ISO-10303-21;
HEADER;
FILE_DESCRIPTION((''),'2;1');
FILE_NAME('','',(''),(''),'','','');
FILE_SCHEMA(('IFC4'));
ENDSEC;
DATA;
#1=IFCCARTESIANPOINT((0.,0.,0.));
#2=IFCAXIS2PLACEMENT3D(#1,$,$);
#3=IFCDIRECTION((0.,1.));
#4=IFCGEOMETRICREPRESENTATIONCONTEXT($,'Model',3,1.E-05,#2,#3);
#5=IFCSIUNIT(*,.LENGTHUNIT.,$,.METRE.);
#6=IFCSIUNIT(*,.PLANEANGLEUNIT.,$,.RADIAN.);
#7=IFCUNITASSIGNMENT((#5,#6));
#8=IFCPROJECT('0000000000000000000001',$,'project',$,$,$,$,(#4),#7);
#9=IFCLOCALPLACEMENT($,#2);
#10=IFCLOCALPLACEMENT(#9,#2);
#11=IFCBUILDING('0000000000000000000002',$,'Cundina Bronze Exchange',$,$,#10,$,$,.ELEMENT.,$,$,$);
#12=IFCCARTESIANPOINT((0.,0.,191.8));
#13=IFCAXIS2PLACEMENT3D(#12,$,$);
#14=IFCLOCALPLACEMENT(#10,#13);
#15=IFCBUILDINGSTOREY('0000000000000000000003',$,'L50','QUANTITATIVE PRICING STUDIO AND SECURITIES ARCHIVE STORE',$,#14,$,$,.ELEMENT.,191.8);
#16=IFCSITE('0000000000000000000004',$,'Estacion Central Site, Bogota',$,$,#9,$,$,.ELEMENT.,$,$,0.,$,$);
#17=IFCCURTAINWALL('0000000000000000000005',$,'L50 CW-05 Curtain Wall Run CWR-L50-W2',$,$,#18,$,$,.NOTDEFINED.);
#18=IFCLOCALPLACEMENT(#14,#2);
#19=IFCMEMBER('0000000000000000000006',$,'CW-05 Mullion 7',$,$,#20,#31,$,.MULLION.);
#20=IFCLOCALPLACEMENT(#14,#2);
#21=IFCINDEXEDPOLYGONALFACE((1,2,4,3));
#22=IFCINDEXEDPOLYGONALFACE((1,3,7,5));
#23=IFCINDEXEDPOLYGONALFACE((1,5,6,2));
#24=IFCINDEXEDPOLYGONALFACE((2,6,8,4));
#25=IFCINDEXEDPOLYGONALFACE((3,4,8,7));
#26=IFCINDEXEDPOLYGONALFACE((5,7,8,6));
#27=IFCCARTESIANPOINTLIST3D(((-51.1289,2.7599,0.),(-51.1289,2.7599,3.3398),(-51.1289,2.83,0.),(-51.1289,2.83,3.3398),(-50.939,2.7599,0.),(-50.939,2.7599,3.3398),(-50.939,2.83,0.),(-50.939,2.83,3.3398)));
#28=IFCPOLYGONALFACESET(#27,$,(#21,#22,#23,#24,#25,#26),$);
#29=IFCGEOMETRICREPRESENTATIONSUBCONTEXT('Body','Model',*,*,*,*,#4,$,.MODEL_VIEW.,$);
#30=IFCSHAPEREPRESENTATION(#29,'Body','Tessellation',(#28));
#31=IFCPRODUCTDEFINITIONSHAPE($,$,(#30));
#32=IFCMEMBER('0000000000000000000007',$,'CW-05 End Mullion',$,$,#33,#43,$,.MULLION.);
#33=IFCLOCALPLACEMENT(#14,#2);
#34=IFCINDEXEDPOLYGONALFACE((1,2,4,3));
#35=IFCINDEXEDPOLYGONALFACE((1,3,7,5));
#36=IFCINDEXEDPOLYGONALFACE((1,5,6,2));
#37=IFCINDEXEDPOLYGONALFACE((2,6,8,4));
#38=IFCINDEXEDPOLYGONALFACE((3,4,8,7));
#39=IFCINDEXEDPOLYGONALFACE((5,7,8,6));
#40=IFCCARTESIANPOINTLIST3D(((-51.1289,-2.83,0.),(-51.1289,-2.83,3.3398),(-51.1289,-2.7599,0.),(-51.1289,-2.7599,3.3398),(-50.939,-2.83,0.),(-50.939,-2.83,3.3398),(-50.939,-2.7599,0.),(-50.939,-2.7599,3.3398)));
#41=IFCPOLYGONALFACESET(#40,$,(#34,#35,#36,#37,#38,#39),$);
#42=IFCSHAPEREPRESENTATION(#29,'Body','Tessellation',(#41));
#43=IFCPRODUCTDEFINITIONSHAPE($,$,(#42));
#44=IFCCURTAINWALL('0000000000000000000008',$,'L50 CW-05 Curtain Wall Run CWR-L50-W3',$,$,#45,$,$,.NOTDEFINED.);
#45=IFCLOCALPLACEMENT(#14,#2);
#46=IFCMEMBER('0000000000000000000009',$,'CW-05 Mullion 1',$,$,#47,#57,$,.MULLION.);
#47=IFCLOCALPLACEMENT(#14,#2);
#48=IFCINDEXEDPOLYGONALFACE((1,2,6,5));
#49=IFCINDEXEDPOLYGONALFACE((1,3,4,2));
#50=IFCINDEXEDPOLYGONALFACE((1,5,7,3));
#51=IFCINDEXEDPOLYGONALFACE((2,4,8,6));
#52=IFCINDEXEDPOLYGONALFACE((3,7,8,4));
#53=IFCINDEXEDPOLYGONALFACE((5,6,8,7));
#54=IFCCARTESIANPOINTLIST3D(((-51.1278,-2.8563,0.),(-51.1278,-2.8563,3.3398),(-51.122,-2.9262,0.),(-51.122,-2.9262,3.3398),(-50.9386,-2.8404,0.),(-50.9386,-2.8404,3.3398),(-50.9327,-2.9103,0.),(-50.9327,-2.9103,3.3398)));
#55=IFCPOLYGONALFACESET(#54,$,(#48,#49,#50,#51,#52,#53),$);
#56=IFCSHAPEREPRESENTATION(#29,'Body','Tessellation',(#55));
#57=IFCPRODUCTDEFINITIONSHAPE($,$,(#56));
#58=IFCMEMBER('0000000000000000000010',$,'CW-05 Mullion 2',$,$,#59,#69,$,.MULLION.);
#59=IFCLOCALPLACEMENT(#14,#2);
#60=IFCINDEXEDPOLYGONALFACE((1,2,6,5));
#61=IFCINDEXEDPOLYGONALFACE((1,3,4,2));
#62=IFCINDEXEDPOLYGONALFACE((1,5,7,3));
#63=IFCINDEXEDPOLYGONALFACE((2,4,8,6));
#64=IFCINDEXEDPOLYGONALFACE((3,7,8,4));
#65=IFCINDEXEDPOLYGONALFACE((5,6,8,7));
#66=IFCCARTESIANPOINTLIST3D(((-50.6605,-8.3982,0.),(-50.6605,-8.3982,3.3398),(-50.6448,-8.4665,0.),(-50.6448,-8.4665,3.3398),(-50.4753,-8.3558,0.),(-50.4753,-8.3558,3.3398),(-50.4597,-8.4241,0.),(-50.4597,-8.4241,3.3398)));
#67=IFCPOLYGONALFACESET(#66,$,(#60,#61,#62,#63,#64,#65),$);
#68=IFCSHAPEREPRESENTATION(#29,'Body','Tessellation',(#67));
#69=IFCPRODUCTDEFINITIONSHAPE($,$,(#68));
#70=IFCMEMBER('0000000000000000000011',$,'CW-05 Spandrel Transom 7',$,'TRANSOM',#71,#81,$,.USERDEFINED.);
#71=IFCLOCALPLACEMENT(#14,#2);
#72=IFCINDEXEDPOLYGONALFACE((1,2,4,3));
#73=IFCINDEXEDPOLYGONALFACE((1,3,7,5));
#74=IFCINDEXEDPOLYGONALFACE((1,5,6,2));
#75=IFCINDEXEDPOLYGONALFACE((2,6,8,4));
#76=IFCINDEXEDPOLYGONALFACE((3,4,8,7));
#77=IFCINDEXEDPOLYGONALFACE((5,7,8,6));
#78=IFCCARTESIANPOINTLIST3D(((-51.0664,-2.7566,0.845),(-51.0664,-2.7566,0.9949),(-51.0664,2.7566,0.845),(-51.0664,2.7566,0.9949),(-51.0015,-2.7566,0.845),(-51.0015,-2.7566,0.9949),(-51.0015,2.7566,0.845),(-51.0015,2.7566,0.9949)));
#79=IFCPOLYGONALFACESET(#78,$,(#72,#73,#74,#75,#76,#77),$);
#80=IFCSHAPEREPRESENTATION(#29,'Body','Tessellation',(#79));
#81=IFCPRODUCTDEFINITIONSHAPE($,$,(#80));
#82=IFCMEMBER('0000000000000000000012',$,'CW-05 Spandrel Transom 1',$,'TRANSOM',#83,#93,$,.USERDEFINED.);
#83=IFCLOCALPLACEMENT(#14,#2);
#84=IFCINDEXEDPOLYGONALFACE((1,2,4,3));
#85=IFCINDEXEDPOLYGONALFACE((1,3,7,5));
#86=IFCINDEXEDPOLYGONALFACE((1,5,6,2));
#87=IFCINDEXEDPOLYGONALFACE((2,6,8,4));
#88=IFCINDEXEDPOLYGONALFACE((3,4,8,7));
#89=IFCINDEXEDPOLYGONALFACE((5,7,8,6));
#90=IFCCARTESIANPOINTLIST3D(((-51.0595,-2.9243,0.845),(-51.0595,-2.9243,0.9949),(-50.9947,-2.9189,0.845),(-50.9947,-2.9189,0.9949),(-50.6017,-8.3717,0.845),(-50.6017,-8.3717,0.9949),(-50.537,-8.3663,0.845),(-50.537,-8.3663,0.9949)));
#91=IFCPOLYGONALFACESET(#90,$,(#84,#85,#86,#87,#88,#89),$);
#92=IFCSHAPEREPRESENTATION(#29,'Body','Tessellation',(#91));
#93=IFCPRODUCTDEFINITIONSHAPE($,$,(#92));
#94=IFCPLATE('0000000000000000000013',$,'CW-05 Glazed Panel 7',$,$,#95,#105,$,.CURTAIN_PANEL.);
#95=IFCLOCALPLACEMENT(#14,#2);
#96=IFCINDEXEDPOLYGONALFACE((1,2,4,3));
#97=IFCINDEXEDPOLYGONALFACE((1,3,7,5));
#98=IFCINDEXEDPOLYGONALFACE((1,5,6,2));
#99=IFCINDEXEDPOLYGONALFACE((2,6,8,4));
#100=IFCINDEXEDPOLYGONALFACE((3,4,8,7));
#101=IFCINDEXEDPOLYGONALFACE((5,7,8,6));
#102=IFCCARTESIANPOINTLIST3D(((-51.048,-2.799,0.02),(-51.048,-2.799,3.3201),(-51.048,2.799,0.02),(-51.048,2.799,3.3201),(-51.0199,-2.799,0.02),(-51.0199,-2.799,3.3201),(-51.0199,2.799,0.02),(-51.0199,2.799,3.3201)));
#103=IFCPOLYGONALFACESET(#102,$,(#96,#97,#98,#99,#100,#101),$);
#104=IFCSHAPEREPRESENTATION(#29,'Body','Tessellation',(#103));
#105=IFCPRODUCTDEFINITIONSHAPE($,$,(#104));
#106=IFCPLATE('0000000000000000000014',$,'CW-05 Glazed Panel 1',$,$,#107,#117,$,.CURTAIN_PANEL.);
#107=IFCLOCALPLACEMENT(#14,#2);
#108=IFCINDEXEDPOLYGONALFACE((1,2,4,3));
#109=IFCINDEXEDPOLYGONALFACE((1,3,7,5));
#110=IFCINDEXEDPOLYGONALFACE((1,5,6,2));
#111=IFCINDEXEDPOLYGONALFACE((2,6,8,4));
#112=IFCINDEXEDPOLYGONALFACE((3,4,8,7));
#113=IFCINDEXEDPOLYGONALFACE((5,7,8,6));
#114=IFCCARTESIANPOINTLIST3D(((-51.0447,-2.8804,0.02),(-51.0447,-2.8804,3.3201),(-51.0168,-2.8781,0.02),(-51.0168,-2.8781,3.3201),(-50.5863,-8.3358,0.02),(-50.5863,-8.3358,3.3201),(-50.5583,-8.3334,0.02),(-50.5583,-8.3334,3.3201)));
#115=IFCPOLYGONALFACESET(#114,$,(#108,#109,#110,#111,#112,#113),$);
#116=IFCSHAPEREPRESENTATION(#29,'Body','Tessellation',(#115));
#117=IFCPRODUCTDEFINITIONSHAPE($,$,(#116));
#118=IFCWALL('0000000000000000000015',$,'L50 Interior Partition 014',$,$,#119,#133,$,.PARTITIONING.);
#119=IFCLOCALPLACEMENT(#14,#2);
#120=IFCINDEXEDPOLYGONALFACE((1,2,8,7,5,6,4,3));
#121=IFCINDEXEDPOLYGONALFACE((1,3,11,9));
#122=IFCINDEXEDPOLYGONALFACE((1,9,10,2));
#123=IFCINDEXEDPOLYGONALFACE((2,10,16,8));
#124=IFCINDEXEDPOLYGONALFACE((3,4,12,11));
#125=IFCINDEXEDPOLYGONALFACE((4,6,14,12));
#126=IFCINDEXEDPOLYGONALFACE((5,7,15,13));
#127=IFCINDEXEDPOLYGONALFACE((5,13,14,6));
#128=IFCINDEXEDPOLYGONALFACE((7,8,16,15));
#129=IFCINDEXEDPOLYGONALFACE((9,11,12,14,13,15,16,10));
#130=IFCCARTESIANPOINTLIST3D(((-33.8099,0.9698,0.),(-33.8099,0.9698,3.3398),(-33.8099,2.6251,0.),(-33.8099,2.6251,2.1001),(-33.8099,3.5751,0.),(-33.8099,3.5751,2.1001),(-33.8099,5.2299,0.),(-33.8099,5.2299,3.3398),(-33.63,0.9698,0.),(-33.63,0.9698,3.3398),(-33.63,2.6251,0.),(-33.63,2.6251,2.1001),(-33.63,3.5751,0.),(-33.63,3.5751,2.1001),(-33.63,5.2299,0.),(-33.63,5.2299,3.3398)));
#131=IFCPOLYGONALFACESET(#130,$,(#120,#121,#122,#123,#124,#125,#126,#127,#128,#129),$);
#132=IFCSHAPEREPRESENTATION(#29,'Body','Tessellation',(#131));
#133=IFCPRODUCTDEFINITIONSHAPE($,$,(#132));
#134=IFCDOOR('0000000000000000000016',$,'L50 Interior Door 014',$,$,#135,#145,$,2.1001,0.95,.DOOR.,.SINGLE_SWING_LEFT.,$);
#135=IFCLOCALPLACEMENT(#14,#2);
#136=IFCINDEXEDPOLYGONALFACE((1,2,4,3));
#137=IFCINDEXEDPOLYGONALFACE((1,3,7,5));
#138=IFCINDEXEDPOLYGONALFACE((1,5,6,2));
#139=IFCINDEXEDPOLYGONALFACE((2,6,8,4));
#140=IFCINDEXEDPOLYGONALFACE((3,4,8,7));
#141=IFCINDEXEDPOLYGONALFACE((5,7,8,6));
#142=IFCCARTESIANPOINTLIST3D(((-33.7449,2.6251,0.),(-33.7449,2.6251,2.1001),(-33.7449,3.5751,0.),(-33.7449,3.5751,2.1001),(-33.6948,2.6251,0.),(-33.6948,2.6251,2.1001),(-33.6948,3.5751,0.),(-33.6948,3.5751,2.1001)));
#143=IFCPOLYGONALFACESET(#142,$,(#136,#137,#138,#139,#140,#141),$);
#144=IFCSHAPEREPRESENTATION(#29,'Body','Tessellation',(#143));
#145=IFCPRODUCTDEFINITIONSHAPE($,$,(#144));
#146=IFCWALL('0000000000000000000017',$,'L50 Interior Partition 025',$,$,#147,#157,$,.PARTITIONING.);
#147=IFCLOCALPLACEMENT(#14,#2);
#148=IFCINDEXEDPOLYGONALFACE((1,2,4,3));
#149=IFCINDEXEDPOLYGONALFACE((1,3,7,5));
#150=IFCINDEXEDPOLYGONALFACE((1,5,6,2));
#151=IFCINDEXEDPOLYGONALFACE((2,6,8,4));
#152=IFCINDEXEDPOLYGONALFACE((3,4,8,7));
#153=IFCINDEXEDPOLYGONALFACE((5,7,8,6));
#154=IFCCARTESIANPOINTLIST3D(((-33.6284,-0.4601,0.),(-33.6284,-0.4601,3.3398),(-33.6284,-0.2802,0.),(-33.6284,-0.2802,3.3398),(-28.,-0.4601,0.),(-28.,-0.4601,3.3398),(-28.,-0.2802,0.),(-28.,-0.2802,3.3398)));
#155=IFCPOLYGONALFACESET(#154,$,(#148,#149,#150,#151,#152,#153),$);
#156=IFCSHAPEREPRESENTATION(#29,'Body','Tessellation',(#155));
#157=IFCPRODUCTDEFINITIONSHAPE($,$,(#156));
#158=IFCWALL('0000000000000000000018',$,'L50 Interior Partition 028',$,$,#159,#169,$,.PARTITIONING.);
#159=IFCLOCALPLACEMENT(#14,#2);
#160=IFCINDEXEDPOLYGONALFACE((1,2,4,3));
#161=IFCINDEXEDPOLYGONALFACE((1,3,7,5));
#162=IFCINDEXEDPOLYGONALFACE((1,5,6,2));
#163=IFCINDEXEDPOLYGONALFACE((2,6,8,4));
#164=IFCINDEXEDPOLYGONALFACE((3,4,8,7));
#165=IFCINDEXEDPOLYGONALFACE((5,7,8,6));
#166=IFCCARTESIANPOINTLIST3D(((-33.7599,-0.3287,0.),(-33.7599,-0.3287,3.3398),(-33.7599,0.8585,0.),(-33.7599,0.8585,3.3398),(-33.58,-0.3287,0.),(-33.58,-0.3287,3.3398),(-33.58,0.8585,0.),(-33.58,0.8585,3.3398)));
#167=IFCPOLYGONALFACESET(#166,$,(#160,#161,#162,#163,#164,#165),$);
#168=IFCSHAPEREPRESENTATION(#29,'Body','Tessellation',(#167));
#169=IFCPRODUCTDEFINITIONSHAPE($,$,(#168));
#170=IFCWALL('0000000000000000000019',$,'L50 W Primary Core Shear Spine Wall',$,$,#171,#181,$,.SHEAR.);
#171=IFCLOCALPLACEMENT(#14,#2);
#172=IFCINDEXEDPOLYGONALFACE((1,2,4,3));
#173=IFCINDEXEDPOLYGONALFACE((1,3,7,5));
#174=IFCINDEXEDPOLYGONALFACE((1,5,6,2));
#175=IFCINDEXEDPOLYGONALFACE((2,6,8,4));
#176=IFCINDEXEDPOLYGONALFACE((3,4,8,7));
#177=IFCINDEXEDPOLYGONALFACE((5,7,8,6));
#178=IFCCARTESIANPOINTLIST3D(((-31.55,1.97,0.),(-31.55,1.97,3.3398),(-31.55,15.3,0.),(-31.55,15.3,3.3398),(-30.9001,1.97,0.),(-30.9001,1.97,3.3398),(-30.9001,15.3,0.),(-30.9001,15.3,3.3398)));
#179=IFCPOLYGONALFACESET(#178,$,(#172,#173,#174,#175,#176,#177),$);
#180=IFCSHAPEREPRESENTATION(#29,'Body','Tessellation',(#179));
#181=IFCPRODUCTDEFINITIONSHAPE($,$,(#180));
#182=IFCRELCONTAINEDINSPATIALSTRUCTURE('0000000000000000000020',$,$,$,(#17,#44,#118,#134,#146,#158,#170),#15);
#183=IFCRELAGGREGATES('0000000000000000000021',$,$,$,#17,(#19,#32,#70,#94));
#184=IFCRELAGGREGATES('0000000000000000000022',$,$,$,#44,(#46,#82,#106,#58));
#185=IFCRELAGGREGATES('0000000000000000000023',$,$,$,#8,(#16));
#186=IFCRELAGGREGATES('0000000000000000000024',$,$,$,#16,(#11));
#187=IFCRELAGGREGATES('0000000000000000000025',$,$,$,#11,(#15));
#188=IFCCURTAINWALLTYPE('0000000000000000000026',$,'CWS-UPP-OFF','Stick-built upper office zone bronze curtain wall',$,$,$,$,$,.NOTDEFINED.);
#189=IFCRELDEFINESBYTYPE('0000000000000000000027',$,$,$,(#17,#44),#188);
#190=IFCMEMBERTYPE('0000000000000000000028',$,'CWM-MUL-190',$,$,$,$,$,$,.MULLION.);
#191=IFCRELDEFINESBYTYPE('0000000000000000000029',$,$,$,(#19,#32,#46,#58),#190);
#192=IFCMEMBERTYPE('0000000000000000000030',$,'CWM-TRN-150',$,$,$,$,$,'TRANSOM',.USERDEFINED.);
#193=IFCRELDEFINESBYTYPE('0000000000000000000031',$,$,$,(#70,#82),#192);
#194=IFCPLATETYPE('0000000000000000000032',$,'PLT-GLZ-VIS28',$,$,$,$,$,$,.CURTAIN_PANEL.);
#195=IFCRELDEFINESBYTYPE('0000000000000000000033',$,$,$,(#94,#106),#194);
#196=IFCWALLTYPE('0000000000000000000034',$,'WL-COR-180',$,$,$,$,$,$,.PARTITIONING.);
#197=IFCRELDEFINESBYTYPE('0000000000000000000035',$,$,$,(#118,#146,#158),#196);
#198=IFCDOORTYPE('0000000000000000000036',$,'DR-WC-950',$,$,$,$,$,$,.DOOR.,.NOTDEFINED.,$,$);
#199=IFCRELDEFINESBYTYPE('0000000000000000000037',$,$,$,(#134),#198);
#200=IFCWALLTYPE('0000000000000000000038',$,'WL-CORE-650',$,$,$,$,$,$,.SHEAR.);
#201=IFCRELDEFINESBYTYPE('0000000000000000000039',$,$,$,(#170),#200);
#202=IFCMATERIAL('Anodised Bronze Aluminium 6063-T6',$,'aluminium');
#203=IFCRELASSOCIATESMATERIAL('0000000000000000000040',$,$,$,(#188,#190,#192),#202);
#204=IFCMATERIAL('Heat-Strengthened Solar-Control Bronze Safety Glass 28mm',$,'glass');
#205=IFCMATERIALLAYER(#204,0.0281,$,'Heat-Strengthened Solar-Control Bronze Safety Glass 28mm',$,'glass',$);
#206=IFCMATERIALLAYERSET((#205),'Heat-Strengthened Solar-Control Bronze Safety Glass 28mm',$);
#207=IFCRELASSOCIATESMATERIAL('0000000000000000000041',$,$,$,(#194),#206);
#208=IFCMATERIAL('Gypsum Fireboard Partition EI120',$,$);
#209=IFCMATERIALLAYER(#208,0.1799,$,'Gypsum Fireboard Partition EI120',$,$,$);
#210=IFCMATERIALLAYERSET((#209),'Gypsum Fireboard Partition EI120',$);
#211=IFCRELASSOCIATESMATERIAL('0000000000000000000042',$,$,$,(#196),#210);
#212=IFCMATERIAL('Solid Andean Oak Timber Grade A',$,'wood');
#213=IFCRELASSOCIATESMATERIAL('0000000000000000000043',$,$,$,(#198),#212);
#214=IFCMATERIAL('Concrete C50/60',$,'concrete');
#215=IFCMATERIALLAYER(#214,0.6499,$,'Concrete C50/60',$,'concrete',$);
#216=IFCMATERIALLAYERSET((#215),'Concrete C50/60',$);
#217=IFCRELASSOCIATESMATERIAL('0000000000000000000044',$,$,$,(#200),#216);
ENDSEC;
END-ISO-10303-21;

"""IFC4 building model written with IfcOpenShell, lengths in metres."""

from ifc_helpers import new_model, si_unit, direction, frame, frame_2d, origin, origin_2d, place, context, subcontext, project, spatial, rectangle, extrude, material, layer, layer_set, material_profile, profile_set, type_object, element, fill, aggregate, save


model = new_model("IFC4")

# Units and contexts
model_context = context("Model", 3, precision=1e-05, world=origin(), true_north=direction((0.0, 1.0)))
body_context = subcontext(model_context, "Body", "Model", "MODEL_VIEW")
ifc_project = project(units=[si_unit("LENGTHUNIT", "METRE"), si_unit("PLANEANGLEUNIT", "RADIAN")], contexts=[model_context])

# Site, building, storey
site_placement = place(None, origin())
site = spatial("IfcSite", under=ifc_project, at=site_placement, Name="Estacion Central Site, Bogota", CompositionType="ELEMENT", RefElevation=0.0)
building_placement = place(site_placement, origin())
building = spatial("IfcBuilding", under=site, at=building_placement, Name="Cundina Bronze Exchange", CompositionType="ELEMENT")
storey_placement = place(building_placement, frame((0.0, 0.0, 191.8)))
storey = spatial("IfcBuildingStorey", under=building, at=storey_placement, Name="L50", Description="QUANTITATIVE PRICING STUDIO AND SECURITIES ARCHIVE STORE", CompositionType="ELEMENT", Elevation=191.8)

# Shared definitions
ifc_material_1 = material(Name="Concrete C50/60", Category="concrete")

# Curtain walls, members
ifc_material_2 = material(Name="Anodised Bronze Aluminium 6063-T6", Category="aluminium")
curtain_wall_type = type_object("IfcCurtainWallType", Name="CWS-UPP-OFF", Description="Stick-built upper office zone bronze curtain wall", PredefinedType="NOTDEFINED", material=ifc_material_2)
curtain_wall_1_placement = place(storey_placement, origin())
curtain_wall_1 = element("IfcCurtainWall", 1, at=curtain_wall_1_placement, inside=storey, type_object=curtain_wall_type, Name="L50 CW-05 Curtain Wall Run CWR-L50-W2", PredefinedType="NOTDEFINED")
ifc_material_profile_1 = material_profile(ifc_material_2, rectangle(XDim=0.0701, YDim=0.1899, at=origin_2d()), Name="AL70X190", Category="aluminium")
ifc_profile_set_1 = profile_set([ifc_material_profile_1], Name="Anodised Bronze Aluminium 6063-T6")
member_type_1 = type_object("IfcMemberType", Name="CWM-MUL-190", PredefinedType="MULLION", material=ifc_profile_set_1)
member_1_placement = place(storey_placement, frame((-51.0339, 2.7949, 0.0), z_axis=(0.0, 0.0, 1.0), x_axis=(0.0, -1.0, 0.0)))
member_1 = element("IfcMember", 2, at=member_1_placement, type_object=member_type_1, Name="CW-05 Mullion 7", PredefinedType="MULLION", context=body_context, shape_type="SweptSolid", body=[
    extrude(rectangle(XDim=0.0701, YDim=0.1899, at=origin_2d()), origin(), (0.0, 0.0, 1.0), 3.3398),
])
member_2_placement = place(storey_placement, frame((-51.0339, -2.7949, 0.0), z_axis=(0.0, 0.0, 1.0), x_axis=(0.0, -1.0, 0.0)))
member_2 = element("IfcMember", 3, at=member_2_placement, type_object=member_type_1, Name="CW-05 End Mullion", PredefinedType="MULLION", context=body_context, shape_type="SweptSolid", body=[
    extrude(rectangle(XDim=0.0701, YDim=0.1899, at=origin_2d()), origin(), (0.0, 0.0, 1.0), 3.3398),
])
curtain_wall_2_placement = place(storey_placement, origin())
curtain_wall_2 = element("IfcCurtainWall", 4, at=curtain_wall_2_placement, inside=storey, type_object=curtain_wall_type, Name="L50 CW-05 Curtain Wall Run CWR-L50-W3", PredefinedType="NOTDEFINED")
member_3_placement = place(storey_placement, frame((-51.0303, -2.8833, 0.0), z_axis=(0.0, 0.0, 1.0), x_axis=(0.083678, -0.996493, 0.0)))
member_3 = element("IfcMember", 5, at=member_3_placement, type_object=member_type_1, Name="CW-05 Mullion 1", PredefinedType="MULLION", context=body_context, shape_type="SweptSolid", body=[
    extrude(rectangle(XDim=0.0701, YDim=0.1899, at=origin_2d()), origin(), (0.0, 0.0, 1.0), 3.3398),
])
member_4_placement = place(storey_placement, frame((-50.5601, -8.4111, 0.0), z_axis=(0.0, 0.0, 1.0), x_axis=(0.22325, -0.974761, 0.0)))
member_4 = element("IfcMember", 6, at=member_4_placement, type_object=member_type_1, Name="CW-05 Mullion 2", PredefinedType="MULLION", context=body_context, shape_type="SweptSolid", body=[
    extrude(rectangle(XDim=0.0701, YDim=0.1899, at=origin_2d()), origin(), (0.0, 0.0, 1.0), 3.3398),
])

# Members
ifc_material_profile_2 = material_profile(ifc_material_2, rectangle(XDim=0.0649, YDim=0.1499, at=origin_2d()), Name="AL65X150", Category="aluminium")
ifc_profile_set_2 = profile_set([ifc_material_profile_2], Name="Anodised Bronze Aluminium 6063-T6")
member_type_2 = type_object("IfcMemberType", Name="CWM-TRN-150", ElementType="TRANSOM", PredefinedType="USERDEFINED", material=ifc_profile_set_2)
member_5_placement = place(storey_placement, frame((-51.0339, 2.7566, 0.9199), z_axis=(0.0, -1.0, 0.0), x_axis=(1.0, 0.0, 0.0)))
member_5 = element("IfcMember", 7, at=member_5_placement, type_object=member_type_2, Name="CW-05 Spandrel Transom 7", ObjectType="TRANSOM", PredefinedType="USERDEFINED", context=body_context, shape_type="SweptSolid", body=[
    extrude(rectangle(XDim=0.0649, YDim=0.1499, at=origin_2d()), origin(), (0.0, 0.0, 1.0), 5.5132),
])
member_6_placement = place(storey_placement, frame((-51.0271, -2.9216, 0.9199), z_axis=(0.08374, -0.996488, 0.0), x_axis=(0.996488, 0.08374, 0.0)))
member_6 = element("IfcMember", 8, at=member_6_placement, type_object=member_type_2, Name="CW-05 Spandrel Transom 1", ObjectType="TRANSOM", PredefinedType="USERDEFINED", context=body_context, shape_type="SweptSolid", body=[
    extrude(rectangle(XDim=0.0649, YDim=0.1499, at=origin_2d()), origin(), (0.0, 0.0, 1.0), 5.4666),
])

# Plates
ifc_material_3 = material(Name="Heat-Strengthened Solar-Control Bronze Safety Glass 28mm", Category="glass")
ifc_layer_1 = layer(ifc_material_3, 0.0281, Name="Heat-Strengthened Solar-Control Bronze Safety Glass 28mm", Category="glass")
ifc_layer_set_1 = layer_set([ifc_layer_1], Name="Heat-Strengthened Solar-Control Bronze Safety Glass 28mm")
plate_type = type_object("IfcPlateType", Name="PLT-GLZ-VIS28", PredefinedType="CURTAIN_PANEL", material=ifc_layer_set_1)
plate_1_placement = place(storey_placement, frame((-51.0339, 0.0, 0.02), z_axis=(0.0, 0.0, 1.0), x_axis=(0.0, -1.0, 0.0)))
plate_1 = element("IfcPlate", 9, at=plate_1_placement, type_object=plate_type, Name="CW-05 Glazed Panel 7", PredefinedType="CURTAIN_PANEL", context=body_context, shape_type="SweptSolid", body=[
    extrude(rectangle(XDim=5.5979, YDim=0.0281, at=origin_2d()), origin(), (0.0, 0.0, 1.0), 3.3),
])
aggregate(curtain_wall_1, [member_1, member_2, member_5, plate_1])
plate_2_placement = place(storey_placement, frame((-50.8015, -5.6069, 0.02), z_axis=(0.0, 0.0, 1.0), x_axis=(0.083747, -0.996487, 0.0)))
plate_2 = element("IfcPlate", 10, at=plate_2_placement, type_object=plate_type, Name="CW-05 Glazed Panel 1", PredefinedType="CURTAIN_PANEL", context=body_context, shape_type="SweptSolid", body=[
    extrude(rectangle(XDim=5.4746, YDim=0.0281, at=origin_2d()), origin(), (0.0, 0.0, 1.0), 3.3),
])
aggregate(curtain_wall_2, [member_3, member_6, plate_2, member_4])

# Wall, opening, door
ifc_material_4 = material(Name="Gypsum Fireboard Partition EI120")
ifc_layer_2 = layer(ifc_material_4, 0.1799, Name="Gypsum Fireboard Partition EI120")
ifc_layer_set_2 = layer_set([ifc_layer_2], Name="Gypsum Fireboard Partition EI120")
wall_type_1 = type_object("IfcWallType", Name="WL-COR-180", PredefinedType="PARTITIONING", material=ifc_layer_set_2)
wall_1_placement = place(storey_placement, frame((-33.72, 0.97, 0.0), z_axis=(0.0, 0.0, 1.0), x_axis=(0.0, 1.0, 0.0)))
wall_1 = element("IfcWall", 11, at=wall_1_placement, inside=storey, type_object=wall_type_1, Name="L50 Interior Partition 014", PredefinedType="PARTITIONING", context=body_context, shape_type="SweptSolid", body=[
    extrude(rectangle(XDim=4.26, YDim=0.1799, at=frame_2d((2.1299, 0.0))), origin(), (0.0, 0.0, 1.0), 3.3398),
])
opening_1_placement = place(wall_1_placement, frame((1.655, 0.0, 0.0)))
opening_1 = element("IfcOpeningElement", 12, at=opening_1_placement, cuts=wall_1, PredefinedType="OPENING", context=body_context, shape_type="SweptSolid", body=[
    extrude(rectangle(XDim=0.95, YDim=2.1001, at=frame_2d((0.4751, 1.05))), frame((0.0, 0.0999, 0.0), z_axis=(0.0, -1.0, 0.0), x_axis=(1.0, 0.0, 0.0)), (0.0, 0.0, 1.0), 0.2),
])
ifc_material_5 = material(Name="Solid Andean Oak Timber Grade A", Category="wood")
door_type_1 = type_object("IfcDoorType", Name="DR-WC-950", OperationType="NOTDEFINED", PredefinedType="DOOR", material=ifc_material_5)
door_1_placement = place(opening_1_placement, origin())
door_1 = element("IfcDoor", 13, at=door_1_placement, inside=storey, type_object=door_type_1, Name="L50 Interior Door 014", OperationType="SINGLE_SWING_LEFT", OverallHeight=2.1001, OverallWidth=0.95, PredefinedType="DOOR", context=body_context, shape_type="SweptSolid", body=[
    extrude(rectangle(XDim=0.95, YDim=2.1001, at=frame_2d((0.4751, 1.05))), frame((0.0, 0.0249, 0.0), z_axis=(0.0, -1.0, 0.0), x_axis=(1.0, 0.0, 0.0)), (0.0, 0.0, 1.0), 0.05),
])
fill(opening_1, door_1)

# Walls
wall_2_placement = place(storey_placement, frame((-33.6284, -0.3701, 0.0), z_axis=(0.0, 0.0, 1.0), x_axis=(1.0, 0.0, 0.0)))
element("IfcWall", 14, at=wall_2_placement, inside=storey, type_object=wall_type_1, Name="L50 Interior Partition 025", PredefinedType="PARTITIONING", context=body_context, shape_type="SweptSolid", body=[
    extrude(rectangle(XDim=5.6284, YDim=0.1799, at=frame_2d((2.8142, 0.0))), origin(), (0.0, 0.0, 1.0), 3.3398),
])
wall_3_placement = place(storey_placement, frame((-33.6699, 0.8586, 0.0), z_axis=(0.0, 0.0, 1.0), x_axis=(0.0, -1.0, 0.0)))
element("IfcWall", 15, at=wall_3_placement, inside=storey, type_object=wall_type_1, Name="L50 Interior Partition 028", PredefinedType="PARTITIONING", context=body_context, shape_type="SweptSolid", body=[
    extrude(rectangle(XDim=1.1873, YDim=0.1799, at=frame_2d((0.5938, 0.0))), origin(), (0.0, 0.0, 1.0), 3.3398),
])
ifc_layer_3 = layer(ifc_material_1, 0.6499, Name="Concrete C50/60", Category="concrete")
ifc_layer_set_3 = layer_set([ifc_layer_3], Name="Concrete C50/60")
wall_type_2 = type_object("IfcWallType", Name="WL-CORE-650", PredefinedType="SHEAR", material=ifc_layer_set_3)
wall_4_placement = place(storey_placement, frame((-31.2251, 1.97, 0.0), z_axis=(0.0, 0.0, 1.0), x_axis=(0.0, 1.0, 0.0)))
element("IfcWall", 16, at=wall_4_placement, inside=storey, type_object=wall_type_2, Name="L50 W Primary Core Shear Spine Wall", PredefinedType="SHEAR", context=body_context, shape_type="SweptSolid", body=[
    extrude(rectangle(XDim=13.3301, YDim=0.6499, at=frame_2d((6.665, 0.0))), origin(), (0.0, 0.0, 1.0), 3.3398),
])

save(model, "model.ifc")
